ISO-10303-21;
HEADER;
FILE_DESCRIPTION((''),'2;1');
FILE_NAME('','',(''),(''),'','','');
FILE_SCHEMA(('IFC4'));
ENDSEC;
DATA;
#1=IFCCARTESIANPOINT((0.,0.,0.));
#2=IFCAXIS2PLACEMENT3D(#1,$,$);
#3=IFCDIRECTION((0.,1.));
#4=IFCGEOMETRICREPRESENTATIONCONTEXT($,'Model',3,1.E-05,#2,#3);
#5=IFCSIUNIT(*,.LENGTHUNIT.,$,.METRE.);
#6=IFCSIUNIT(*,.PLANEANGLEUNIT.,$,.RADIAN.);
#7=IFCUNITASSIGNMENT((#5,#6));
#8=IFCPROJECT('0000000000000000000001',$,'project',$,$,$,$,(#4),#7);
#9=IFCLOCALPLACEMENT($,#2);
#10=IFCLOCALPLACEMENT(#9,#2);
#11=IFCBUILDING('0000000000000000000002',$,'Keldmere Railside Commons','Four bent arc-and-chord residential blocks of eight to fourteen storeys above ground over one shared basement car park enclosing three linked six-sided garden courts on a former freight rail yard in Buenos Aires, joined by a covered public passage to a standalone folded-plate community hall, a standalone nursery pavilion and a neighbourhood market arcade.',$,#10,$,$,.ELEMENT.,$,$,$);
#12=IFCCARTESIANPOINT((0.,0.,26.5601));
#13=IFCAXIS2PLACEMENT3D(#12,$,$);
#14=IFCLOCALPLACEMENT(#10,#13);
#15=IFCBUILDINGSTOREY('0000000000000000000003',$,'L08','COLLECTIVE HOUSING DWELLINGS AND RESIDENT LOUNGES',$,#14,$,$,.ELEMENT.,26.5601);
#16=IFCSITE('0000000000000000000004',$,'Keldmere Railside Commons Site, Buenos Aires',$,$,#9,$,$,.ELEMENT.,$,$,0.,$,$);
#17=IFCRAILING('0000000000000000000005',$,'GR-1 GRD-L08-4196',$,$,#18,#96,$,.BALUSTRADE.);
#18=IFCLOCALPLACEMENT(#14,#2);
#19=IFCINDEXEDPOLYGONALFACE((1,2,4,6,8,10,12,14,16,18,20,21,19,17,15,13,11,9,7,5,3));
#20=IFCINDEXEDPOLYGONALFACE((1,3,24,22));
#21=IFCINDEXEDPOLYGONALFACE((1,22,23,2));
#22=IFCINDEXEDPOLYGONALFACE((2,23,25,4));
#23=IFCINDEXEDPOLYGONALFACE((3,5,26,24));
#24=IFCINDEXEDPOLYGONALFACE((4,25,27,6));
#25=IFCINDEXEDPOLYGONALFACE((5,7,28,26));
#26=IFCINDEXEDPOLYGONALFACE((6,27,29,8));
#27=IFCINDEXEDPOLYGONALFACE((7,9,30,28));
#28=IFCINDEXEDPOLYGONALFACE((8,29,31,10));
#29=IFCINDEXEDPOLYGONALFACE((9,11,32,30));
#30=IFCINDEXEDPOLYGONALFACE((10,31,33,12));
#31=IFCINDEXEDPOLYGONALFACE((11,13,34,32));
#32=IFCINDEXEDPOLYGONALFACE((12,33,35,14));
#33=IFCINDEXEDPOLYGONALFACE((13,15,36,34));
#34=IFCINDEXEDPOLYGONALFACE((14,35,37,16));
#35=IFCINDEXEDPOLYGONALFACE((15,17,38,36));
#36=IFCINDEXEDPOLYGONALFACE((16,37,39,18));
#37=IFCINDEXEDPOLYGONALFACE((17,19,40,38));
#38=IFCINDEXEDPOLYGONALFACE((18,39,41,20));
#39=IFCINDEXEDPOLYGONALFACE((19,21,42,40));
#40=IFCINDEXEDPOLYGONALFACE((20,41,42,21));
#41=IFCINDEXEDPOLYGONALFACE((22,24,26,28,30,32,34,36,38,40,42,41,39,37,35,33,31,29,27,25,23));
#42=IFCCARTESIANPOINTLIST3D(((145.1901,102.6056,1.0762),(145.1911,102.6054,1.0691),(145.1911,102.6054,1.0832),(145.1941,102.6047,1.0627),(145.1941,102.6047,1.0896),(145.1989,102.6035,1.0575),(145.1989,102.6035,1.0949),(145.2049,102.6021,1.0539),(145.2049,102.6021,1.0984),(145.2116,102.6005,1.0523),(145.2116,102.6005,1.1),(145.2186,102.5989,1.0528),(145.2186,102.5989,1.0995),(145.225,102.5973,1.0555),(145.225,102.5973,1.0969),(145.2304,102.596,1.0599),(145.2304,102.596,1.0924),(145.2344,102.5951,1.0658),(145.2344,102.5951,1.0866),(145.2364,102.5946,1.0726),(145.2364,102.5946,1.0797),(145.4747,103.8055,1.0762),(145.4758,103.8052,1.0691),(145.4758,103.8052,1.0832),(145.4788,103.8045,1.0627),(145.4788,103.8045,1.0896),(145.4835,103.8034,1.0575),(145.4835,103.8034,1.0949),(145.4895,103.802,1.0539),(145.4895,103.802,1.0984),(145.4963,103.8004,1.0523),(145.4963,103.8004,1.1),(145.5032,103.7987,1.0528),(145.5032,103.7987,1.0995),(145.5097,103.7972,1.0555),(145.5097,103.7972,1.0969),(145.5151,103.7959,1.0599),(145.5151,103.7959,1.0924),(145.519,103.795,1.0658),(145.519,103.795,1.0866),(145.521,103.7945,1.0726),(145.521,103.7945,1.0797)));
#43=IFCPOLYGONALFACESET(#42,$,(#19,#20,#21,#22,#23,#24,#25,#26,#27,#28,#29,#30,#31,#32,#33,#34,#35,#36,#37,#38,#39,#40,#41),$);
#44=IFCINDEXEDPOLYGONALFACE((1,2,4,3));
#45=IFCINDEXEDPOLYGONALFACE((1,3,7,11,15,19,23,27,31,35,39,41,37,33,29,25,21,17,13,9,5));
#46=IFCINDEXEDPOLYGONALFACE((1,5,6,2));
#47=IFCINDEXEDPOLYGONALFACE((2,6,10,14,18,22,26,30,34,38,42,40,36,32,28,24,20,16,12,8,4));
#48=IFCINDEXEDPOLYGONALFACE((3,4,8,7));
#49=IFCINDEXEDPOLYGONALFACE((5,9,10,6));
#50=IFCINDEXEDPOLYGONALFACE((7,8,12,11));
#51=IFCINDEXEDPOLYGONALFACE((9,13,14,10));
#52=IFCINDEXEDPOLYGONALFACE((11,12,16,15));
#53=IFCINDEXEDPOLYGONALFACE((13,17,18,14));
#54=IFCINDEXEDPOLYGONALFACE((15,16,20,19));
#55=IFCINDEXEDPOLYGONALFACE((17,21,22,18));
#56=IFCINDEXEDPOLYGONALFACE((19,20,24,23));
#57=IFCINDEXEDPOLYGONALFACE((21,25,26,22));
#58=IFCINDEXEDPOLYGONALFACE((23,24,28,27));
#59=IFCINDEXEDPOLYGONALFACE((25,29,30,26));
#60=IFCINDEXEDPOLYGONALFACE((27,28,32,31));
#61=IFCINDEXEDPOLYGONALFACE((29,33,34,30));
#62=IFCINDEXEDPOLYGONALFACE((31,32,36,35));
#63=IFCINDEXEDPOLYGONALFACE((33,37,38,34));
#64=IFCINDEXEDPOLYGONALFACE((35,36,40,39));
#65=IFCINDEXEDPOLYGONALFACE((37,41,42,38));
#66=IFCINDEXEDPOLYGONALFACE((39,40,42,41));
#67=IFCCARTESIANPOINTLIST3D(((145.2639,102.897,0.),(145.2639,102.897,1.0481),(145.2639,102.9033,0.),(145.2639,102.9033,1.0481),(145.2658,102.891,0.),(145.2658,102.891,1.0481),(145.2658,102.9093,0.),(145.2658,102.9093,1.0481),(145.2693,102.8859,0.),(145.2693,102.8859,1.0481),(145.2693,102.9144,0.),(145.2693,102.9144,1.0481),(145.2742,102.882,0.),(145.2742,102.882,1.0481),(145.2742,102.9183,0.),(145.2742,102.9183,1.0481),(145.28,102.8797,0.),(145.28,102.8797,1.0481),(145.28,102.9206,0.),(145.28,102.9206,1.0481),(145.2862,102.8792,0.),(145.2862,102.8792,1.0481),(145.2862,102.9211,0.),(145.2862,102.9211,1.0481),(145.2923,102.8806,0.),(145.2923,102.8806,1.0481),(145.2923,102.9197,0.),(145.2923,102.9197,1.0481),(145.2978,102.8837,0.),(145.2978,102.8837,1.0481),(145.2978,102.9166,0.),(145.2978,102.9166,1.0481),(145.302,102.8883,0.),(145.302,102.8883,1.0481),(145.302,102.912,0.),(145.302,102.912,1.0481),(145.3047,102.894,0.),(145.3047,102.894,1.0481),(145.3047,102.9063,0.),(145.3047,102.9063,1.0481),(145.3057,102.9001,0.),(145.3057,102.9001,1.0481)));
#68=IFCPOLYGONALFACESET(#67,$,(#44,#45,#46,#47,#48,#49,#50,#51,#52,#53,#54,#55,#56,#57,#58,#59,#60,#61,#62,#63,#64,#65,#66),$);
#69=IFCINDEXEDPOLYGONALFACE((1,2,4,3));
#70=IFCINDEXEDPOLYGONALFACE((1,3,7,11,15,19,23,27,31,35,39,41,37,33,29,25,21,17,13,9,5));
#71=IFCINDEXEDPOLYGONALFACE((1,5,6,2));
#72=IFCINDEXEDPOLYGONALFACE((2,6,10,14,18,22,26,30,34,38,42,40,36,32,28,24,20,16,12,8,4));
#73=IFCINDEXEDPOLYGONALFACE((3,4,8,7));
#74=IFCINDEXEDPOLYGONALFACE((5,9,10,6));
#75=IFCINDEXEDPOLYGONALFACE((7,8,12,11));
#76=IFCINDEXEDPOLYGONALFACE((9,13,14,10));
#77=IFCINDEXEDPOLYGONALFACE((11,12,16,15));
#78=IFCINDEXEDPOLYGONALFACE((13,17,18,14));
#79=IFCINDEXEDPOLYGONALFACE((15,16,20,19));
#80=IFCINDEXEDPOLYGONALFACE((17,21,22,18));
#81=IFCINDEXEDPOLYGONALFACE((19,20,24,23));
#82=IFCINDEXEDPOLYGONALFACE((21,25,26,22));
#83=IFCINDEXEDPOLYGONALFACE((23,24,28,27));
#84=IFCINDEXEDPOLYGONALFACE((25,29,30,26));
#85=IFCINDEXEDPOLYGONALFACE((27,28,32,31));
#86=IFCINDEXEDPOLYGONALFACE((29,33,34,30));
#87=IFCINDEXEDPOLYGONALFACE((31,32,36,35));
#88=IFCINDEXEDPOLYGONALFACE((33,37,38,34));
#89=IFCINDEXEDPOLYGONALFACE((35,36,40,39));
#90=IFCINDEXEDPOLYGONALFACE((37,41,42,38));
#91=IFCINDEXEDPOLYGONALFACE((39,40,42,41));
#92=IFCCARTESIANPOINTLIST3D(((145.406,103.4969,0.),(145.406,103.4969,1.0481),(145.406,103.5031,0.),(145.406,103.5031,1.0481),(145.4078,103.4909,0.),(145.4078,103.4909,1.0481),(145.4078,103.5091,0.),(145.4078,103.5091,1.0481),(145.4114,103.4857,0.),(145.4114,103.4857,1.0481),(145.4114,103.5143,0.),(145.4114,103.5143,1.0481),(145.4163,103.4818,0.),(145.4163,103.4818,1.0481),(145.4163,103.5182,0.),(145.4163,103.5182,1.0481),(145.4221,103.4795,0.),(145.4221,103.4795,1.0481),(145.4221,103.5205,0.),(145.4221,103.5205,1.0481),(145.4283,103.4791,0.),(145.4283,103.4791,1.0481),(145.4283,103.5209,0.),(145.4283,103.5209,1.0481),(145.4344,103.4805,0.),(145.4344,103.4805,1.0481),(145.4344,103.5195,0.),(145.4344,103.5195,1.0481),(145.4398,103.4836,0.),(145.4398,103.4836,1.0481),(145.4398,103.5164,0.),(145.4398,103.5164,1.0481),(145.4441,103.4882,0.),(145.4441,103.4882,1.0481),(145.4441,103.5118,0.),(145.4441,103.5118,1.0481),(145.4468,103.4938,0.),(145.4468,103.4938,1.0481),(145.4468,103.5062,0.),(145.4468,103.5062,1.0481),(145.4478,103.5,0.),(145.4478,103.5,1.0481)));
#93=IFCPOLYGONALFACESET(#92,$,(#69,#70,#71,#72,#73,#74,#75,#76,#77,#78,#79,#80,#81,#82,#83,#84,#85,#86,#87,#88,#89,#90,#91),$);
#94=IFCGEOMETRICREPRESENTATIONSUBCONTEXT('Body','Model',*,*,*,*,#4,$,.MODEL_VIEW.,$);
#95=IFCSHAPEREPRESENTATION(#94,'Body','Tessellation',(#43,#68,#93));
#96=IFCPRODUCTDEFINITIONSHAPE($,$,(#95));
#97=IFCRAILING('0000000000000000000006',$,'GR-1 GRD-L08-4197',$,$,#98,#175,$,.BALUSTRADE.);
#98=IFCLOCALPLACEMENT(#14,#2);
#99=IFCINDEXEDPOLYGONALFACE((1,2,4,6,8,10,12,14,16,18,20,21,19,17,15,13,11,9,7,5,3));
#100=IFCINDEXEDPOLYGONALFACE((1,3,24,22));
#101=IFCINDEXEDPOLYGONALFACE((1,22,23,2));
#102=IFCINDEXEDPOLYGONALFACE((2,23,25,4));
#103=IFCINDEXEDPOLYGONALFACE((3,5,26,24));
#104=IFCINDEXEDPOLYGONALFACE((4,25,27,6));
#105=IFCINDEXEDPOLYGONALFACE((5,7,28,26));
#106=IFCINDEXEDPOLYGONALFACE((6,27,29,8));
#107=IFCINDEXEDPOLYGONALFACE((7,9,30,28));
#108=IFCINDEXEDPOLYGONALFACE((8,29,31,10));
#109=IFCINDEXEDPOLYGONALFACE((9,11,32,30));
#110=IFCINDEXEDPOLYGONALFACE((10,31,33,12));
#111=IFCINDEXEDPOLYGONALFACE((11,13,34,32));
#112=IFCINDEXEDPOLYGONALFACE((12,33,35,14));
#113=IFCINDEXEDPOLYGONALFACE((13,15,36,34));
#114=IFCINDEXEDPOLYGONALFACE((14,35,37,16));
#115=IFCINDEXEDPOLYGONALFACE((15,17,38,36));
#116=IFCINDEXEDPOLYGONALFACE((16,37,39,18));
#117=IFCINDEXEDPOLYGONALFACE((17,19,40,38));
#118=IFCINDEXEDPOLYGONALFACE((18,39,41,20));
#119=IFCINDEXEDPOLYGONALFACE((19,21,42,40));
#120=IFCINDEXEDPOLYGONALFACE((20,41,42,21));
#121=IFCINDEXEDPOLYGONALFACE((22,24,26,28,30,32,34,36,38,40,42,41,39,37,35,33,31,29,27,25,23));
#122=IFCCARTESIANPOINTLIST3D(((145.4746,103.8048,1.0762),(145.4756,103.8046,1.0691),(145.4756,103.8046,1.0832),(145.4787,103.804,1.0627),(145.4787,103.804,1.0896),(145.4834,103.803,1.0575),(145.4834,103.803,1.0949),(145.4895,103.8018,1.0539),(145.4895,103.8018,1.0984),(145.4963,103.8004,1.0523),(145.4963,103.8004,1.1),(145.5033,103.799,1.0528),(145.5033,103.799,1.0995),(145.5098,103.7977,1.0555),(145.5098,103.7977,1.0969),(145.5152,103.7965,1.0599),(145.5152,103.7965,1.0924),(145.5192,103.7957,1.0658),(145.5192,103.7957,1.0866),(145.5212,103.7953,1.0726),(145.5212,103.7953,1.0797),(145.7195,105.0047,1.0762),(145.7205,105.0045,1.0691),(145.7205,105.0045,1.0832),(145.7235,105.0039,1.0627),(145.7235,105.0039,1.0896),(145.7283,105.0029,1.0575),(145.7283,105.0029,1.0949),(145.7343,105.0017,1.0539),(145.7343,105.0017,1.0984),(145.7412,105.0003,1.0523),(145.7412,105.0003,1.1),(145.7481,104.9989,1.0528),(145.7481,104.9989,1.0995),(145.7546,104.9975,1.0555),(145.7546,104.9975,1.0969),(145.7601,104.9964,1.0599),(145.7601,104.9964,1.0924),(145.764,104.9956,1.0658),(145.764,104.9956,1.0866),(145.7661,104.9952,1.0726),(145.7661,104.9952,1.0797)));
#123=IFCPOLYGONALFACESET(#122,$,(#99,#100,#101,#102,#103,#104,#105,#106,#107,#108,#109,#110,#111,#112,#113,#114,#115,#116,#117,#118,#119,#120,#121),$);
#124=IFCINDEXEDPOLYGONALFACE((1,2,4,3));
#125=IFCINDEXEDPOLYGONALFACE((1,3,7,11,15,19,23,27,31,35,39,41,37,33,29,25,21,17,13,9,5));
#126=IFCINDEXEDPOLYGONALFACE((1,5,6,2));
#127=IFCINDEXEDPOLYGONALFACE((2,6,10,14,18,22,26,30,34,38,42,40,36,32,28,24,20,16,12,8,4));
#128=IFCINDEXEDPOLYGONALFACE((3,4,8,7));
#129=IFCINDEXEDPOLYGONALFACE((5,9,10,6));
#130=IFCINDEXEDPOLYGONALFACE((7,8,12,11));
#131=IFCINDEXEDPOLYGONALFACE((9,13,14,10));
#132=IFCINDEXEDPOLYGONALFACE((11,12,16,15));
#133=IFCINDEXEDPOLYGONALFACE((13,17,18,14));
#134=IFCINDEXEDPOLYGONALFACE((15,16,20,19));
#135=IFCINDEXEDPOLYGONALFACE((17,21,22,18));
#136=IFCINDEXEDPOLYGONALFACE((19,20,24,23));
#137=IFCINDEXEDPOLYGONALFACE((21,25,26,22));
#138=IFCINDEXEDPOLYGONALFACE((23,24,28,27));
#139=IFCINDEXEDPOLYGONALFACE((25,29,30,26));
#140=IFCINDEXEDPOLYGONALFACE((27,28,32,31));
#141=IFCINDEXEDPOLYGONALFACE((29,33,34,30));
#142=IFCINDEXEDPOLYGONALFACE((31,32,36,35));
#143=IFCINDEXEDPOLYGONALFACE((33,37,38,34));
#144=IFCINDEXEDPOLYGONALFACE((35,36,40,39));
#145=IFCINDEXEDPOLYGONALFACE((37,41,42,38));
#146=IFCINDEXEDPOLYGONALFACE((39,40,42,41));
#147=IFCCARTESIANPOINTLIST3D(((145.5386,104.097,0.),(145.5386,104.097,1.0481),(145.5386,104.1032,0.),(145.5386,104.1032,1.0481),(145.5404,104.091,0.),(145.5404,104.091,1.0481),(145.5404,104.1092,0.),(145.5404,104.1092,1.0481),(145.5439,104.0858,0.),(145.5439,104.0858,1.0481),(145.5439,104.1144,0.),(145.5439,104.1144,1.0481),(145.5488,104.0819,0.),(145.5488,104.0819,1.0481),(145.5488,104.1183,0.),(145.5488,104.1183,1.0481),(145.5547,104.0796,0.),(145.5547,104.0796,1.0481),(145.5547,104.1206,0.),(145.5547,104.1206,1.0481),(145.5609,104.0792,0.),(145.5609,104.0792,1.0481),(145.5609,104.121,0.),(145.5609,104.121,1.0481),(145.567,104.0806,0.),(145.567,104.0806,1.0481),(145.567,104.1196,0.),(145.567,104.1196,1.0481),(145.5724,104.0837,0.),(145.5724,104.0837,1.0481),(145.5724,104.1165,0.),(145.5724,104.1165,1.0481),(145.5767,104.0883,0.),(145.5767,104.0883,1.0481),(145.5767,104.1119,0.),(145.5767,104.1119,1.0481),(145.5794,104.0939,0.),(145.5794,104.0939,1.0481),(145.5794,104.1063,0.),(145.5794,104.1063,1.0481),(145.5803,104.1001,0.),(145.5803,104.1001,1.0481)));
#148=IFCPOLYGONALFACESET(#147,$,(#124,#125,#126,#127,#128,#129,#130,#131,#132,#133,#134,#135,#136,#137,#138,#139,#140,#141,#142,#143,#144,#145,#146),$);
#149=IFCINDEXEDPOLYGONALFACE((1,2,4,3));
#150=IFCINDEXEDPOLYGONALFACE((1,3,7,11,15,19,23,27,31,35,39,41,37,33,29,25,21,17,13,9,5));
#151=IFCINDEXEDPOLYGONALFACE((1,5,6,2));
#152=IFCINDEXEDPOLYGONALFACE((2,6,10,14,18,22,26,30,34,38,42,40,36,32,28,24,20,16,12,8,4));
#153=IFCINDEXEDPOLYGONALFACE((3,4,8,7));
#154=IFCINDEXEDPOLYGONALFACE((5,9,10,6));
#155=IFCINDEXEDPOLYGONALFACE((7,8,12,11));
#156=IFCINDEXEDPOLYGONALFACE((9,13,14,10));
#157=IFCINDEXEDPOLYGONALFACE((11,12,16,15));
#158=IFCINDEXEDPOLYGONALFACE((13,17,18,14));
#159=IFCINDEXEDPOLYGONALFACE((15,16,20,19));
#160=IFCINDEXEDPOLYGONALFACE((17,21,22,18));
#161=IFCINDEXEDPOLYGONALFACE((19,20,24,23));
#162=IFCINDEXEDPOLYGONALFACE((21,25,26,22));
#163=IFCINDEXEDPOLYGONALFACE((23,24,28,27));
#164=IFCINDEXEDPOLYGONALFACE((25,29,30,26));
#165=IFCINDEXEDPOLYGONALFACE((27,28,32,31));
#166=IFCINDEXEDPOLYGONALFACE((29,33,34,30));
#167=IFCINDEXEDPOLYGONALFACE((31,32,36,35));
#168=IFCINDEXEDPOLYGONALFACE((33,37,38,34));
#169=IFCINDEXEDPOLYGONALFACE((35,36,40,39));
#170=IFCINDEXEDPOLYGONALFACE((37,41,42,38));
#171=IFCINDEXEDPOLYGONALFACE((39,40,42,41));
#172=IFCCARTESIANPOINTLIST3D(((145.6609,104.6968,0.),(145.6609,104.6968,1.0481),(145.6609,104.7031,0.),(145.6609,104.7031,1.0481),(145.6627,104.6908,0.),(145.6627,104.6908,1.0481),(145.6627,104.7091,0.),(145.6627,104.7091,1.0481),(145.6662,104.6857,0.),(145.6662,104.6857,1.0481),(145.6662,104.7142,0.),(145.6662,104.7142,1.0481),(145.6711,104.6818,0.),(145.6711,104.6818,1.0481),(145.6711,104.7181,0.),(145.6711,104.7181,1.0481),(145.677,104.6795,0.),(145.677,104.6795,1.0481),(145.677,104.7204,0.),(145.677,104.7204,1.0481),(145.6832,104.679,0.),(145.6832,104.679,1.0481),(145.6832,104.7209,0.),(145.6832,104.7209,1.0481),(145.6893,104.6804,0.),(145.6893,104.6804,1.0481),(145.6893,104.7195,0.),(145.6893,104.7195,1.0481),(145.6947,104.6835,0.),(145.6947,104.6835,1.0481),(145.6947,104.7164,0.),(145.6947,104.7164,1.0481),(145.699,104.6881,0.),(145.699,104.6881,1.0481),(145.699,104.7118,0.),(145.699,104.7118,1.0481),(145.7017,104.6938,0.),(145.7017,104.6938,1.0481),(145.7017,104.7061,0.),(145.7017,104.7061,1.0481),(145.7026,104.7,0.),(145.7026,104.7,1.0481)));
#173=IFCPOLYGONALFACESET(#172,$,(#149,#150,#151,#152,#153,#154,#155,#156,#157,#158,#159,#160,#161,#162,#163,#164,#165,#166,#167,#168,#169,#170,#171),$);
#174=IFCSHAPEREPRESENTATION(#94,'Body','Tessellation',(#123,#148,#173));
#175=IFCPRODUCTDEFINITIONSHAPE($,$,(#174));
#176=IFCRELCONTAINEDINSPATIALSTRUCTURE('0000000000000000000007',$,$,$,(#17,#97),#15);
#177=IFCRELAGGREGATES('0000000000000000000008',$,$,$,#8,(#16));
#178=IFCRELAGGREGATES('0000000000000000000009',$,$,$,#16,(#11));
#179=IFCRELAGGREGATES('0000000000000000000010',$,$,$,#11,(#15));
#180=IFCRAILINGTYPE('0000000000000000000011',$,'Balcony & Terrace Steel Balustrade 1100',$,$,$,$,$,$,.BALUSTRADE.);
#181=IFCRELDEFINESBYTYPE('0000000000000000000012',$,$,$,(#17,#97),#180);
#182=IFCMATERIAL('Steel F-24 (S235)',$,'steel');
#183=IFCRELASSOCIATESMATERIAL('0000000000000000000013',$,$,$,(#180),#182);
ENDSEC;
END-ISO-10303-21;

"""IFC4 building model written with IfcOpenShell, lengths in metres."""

from ifc_helpers import new_model, si_unit, direction, frame, origin, origin_2d, place, context, subcontext, project, spatial, circle, extrude, material, type_object, element, save


model = new_model("IFC4")

# Units and contexts
model_context = context("Model", 3, precision=1e-05, world=origin(), true_north=direction((0.0, 1.0)))
body_context = subcontext(model_context, "Body", "Model", "MODEL_VIEW")
ifc_project = project(units=[si_unit("LENGTHUNIT", "METRE"), si_unit("PLANEANGLEUNIT", "RADIAN")], contexts=[model_context])

# Site, building, storey
site_placement = place(None, origin())
site = spatial("IfcSite", under=ifc_project, at=site_placement, Name="Keldmere Railside Commons Site, Buenos Aires", CompositionType="ELEMENT", RefElevation=0.0)
building_placement = place(site_placement, origin())
building = spatial("IfcBuilding", under=site, at=building_placement, Name="Keldmere Railside Commons", Description="Four bent arc-and-chord residential blocks of eight to fourteen storeys above ground over one shared basement car park enclosing three linked six-sided garden courts on a former freight rail yard in Buenos Aires, joined by a covered public passage to a standalone folded-plate community hall, a standalone nursery pavilion and a neighbourhood market arcade.", CompositionType="ELEMENT")
storey_placement = place(building_placement, frame((0.0, 0.0, 26.5601)))
storey = spatial("IfcBuildingStorey", under=building, at=storey_placement, Name="L08", Description="COLLECTIVE HOUSING DWELLINGS AND RESIDENT LOUNGES", CompositionType="ELEMENT", Elevation=26.5601)

# Railings
ifc_material_1 = material(Name="Steel F-24 (S235)", Category="steel")
railing_type_1 = type_object("IfcRailingType", Name="Balcony & Terrace Steel Balustrade 1100", PredefinedType="BALUSTRADE", material=ifc_material_1)
railing_1_placement = place(storey_placement, frame((145.2134, 102.6001, 0.0)))
element("IfcRailing", 1, at=railing_1_placement, inside=storey, type_object=railing_type_1, Name="GR-1 GRD-L08-4196", PredefinedType="BALUSTRADE", context=body_context, shape_type="SweptSolid", body=[
    extrude(circle(Radius=0.0239, at=origin_2d()), frame((0.0, 0.0, 1.0762), z_axis=(0.230826, 0.972995, 0.0), x_axis=(-0.972995, 0.230826, 0.0)), (0.0, 0.0, 1.0), 1.2332),
    extrude(circle(Radius=0.021, at=origin_2d()), frame((0.0713, 0.3, 0.0)), (0.0, 0.0, 1.0), 1.0481),
    extrude(circle(Radius=0.021, at=origin_2d()), frame((0.2134, 0.8999, 0.0)), (0.0, 0.0, 1.0), 1.0481),
])
railing_2_placement = place(storey_placement, frame((145.498, 103.8, 0.0)))
element("IfcRailing", 2, at=railing_2_placement, inside=storey, type_object=railing_type_1, Name="GR-1 GRD-L08-4197", PredefinedType="BALUSTRADE", context=body_context, shape_type="SweptSolid", body=[
    extrude(circle(Radius=0.0239, at=origin_2d()), frame((0.0, 0.0, 1.0762), z_axis=(0.199948, 0.979806, 0.0), x_axis=(-0.979806, 0.199948, 0.0)), (0.0, 0.0, 1.0), 1.2246),
    extrude(circle(Radius=0.021, at=origin_2d()), frame((0.0613, 0.3, 0.0)), (0.0, 0.0, 1.0), 1.0481),
    extrude(circle(Radius=0.021, at=origin_2d()), frame((0.1836, 0.8999, 0.0)), (0.0, 0.0, 1.0), 1.0481),
])

save(model, "model.ifc")
